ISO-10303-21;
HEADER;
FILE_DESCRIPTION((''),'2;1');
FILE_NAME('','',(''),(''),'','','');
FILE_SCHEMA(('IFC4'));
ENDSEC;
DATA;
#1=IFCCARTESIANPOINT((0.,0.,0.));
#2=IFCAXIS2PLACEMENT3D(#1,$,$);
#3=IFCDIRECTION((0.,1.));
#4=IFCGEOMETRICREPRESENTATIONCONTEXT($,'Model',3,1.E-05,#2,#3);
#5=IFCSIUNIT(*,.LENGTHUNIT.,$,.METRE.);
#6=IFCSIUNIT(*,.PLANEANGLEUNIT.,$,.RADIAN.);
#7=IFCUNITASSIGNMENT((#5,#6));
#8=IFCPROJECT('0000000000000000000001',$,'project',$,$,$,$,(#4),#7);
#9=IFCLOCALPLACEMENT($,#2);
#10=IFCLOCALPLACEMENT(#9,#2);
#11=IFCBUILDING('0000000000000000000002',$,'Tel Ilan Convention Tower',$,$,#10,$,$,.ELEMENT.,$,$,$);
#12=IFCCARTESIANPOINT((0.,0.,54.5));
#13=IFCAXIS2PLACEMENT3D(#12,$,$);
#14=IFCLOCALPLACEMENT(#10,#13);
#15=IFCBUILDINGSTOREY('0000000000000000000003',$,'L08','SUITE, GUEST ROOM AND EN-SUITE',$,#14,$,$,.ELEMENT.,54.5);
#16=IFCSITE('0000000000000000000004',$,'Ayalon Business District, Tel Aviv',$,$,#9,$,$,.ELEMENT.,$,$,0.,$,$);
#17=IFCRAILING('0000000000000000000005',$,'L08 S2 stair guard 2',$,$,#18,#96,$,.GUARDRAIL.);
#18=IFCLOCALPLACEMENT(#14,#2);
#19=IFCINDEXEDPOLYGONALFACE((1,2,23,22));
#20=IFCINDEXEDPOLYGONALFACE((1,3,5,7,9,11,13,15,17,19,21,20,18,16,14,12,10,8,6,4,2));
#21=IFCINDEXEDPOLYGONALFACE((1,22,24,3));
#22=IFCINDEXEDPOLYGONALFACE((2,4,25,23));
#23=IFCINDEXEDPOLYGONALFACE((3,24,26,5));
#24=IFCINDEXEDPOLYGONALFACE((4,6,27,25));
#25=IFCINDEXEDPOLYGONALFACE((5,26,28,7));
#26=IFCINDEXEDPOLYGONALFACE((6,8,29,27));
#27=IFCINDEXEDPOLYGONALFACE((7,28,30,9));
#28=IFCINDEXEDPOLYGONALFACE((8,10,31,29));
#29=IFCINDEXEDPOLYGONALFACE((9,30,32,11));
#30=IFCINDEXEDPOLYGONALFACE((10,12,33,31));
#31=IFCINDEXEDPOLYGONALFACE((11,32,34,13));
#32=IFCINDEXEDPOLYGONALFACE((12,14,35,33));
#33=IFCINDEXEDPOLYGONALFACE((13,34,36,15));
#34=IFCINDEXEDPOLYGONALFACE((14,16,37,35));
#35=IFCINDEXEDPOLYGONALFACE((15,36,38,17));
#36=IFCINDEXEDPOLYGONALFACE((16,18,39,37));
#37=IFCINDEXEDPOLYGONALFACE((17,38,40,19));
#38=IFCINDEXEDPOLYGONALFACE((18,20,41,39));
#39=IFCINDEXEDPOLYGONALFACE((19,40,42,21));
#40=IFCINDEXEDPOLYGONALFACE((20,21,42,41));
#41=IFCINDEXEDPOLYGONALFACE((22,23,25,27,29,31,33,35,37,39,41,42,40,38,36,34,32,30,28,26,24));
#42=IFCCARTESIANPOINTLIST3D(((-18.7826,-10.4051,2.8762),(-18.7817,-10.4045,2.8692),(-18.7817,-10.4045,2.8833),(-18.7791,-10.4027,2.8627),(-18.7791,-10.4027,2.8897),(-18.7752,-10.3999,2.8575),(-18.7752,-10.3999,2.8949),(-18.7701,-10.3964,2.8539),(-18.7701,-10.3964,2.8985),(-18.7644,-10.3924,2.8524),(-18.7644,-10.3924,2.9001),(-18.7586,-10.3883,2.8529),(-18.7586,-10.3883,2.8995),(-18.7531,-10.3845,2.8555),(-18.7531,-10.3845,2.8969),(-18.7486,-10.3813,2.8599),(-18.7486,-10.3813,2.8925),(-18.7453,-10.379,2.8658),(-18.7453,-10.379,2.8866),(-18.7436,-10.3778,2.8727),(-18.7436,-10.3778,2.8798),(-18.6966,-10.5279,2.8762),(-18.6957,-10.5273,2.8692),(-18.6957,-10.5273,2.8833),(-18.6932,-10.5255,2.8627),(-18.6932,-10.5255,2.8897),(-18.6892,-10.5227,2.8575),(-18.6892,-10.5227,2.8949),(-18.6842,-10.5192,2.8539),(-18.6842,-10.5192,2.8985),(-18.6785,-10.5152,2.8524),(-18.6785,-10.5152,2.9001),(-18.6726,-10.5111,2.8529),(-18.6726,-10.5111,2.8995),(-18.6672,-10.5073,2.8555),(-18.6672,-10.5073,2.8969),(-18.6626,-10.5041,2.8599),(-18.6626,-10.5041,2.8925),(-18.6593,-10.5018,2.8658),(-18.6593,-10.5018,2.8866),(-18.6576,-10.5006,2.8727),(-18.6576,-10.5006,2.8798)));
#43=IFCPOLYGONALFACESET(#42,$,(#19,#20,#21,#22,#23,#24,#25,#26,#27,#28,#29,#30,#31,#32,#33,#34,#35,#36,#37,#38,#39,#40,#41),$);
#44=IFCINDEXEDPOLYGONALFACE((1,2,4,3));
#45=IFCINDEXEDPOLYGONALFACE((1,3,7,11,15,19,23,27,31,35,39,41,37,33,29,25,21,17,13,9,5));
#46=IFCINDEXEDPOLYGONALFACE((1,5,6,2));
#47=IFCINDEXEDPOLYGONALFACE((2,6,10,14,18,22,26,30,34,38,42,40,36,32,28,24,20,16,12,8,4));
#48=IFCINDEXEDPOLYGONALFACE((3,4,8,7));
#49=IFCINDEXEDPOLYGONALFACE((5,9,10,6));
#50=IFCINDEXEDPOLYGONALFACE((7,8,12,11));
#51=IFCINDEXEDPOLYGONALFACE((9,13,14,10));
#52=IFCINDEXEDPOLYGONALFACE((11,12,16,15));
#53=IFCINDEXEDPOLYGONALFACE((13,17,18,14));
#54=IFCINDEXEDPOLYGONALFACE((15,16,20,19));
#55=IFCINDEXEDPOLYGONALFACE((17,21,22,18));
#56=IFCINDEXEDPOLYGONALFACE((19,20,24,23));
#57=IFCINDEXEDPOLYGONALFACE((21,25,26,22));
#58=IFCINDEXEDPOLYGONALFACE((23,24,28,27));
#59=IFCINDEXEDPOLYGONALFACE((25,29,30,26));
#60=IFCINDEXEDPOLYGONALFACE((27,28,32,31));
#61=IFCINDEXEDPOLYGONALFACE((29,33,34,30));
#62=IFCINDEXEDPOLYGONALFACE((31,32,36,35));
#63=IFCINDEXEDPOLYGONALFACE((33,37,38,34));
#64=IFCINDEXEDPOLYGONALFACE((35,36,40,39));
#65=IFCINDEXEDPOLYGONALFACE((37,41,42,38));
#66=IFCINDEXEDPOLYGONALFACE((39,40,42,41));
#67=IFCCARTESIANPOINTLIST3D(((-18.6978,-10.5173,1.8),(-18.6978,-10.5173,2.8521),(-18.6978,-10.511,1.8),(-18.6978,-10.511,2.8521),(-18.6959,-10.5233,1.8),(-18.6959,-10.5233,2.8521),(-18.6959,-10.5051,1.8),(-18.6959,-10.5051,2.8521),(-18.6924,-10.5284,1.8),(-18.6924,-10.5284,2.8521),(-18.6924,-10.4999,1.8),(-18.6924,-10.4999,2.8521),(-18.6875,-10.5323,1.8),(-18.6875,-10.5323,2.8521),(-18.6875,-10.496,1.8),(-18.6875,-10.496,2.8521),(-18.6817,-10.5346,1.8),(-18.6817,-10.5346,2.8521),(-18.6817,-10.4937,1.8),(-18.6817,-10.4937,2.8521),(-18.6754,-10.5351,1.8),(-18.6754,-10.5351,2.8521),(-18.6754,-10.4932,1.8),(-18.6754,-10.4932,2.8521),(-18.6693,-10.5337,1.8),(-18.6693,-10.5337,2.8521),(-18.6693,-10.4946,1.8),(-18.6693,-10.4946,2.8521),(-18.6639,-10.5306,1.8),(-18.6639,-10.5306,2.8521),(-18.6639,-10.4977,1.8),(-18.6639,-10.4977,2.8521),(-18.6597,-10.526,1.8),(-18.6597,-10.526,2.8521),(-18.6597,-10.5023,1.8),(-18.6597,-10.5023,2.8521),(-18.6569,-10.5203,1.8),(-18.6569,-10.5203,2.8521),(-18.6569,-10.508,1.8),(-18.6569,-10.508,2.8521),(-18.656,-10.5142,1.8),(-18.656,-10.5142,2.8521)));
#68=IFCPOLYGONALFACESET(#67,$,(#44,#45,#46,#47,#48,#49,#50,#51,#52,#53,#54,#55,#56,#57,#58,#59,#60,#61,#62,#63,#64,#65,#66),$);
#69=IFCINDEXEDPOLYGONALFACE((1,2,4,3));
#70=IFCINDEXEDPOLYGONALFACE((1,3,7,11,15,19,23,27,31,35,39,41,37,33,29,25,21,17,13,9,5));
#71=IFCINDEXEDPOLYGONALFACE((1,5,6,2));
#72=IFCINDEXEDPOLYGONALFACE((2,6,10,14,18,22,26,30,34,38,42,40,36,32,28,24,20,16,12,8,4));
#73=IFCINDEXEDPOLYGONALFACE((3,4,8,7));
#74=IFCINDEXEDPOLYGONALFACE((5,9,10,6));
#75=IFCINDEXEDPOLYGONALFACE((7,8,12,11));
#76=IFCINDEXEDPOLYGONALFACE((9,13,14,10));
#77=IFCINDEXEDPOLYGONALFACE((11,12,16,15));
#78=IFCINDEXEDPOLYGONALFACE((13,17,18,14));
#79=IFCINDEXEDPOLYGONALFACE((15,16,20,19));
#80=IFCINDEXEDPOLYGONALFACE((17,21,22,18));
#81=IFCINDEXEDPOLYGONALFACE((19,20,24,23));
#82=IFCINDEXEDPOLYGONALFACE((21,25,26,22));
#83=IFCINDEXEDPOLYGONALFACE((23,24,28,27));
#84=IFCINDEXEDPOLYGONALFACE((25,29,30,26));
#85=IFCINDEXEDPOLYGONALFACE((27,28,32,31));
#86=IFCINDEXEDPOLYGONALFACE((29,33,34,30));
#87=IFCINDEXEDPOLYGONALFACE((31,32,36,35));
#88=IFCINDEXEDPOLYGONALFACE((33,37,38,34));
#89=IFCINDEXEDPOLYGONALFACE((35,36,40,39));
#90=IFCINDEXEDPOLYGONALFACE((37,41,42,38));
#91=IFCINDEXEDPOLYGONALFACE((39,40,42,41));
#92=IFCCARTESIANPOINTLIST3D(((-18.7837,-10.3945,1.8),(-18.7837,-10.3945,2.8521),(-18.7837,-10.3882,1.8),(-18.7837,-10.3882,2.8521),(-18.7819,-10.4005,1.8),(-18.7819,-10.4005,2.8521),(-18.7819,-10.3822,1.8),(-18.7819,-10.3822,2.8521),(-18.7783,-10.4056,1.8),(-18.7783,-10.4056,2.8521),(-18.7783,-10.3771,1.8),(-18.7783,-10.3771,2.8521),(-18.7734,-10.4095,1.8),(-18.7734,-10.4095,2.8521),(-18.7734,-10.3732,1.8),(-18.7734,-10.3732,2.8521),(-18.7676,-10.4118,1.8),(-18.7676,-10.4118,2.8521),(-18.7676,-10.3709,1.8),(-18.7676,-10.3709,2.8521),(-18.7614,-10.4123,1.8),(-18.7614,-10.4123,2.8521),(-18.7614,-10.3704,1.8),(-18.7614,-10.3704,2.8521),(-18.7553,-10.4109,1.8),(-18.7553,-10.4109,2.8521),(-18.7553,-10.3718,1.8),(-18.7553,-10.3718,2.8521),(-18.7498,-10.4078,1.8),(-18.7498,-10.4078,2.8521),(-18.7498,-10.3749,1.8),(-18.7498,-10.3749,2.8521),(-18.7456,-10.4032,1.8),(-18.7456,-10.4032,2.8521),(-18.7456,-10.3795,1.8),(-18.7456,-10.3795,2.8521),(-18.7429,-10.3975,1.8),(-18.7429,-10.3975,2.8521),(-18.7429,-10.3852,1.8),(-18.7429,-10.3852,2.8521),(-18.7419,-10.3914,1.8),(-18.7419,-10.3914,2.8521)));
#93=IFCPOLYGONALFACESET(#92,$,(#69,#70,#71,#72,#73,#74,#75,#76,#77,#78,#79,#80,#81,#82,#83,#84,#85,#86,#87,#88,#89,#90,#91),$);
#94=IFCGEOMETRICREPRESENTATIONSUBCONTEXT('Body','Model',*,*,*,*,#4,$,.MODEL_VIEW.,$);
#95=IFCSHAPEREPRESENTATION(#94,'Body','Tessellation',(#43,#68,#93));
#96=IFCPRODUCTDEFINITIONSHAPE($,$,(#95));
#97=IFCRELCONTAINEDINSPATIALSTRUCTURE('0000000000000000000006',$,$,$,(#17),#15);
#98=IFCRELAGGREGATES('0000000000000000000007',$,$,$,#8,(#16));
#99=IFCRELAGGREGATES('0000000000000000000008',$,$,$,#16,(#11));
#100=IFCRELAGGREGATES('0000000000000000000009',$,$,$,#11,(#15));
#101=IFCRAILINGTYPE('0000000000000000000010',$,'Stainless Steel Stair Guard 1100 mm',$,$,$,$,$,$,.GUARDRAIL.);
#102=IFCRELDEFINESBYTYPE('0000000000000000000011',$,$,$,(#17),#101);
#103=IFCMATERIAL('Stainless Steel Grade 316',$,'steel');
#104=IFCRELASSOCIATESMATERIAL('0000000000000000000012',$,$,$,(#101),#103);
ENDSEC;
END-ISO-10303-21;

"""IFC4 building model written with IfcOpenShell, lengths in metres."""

from ifc_helpers import new_model, si_unit, direction, frame, origin, origin_2d, place, context, subcontext, project, spatial, circle, extrude, material, type_object, element, save


model = new_model("IFC4")

# Units and contexts
model_context = context("Model", 3, precision=1e-05, world=origin(), true_north=direction((0.0, 1.0)))
body_context = subcontext(model_context, "Body", "Model", "MODEL_VIEW")
ifc_project = project(units=[si_unit("LENGTHUNIT", "METRE"), si_unit("PLANEANGLEUNIT", "RADIAN")], contexts=[model_context])

# Site, building, storey
site_placement = place(None, origin())
site = spatial("IfcSite", under=ifc_project, at=site_placement, Name="Ayalon Business District, Tel Aviv", CompositionType="ELEMENT", RefElevation=0.0)
building_placement = place(site_placement, origin())
building = spatial("IfcBuilding", under=site, at=building_placement, Name="Tel Ilan Convention Tower", CompositionType="ELEMENT")
storey_placement = place(building_placement, frame((0.0, 0.0, 54.5)))
storey = spatial("IfcBuildingStorey", under=building, at=storey_placement, Name="L08", Description="SUITE, GUEST ROOM AND EN-SUITE", CompositionType="ELEMENT", Elevation=54.5)

# Railing
ifc_material_1 = material(Name="Stainless Steel Grade 316", Category="steel")
railing_type_1 = type_object("IfcRailingType", Name="Stainless Steel Stair Guard 1100 mm", PredefinedType="GUARDRAIL", material=ifc_material_1)
railing_1_placement = place(storey_placement, frame((-18.677, -10.5142, 1.8)))
element("IfcRailing", 1, at=railing_1_placement, inside=storey, type_object=railing_type_1, Name="L08 S2 stair guard 2", PredefinedType="GUARDRAIL", context=body_context, shape_type="SweptSolid", body=[
    extrude(circle(Radius=0.0239, at=origin_2d()), frame((0.0, 0.0, 1.0762), z_axis=(-0.573353, 0.819308, 0.0), x_axis=(-0.819308, -0.573353, 0.0)), (0.0, 0.0, 1.0), 0.1499),
    extrude(circle(Radius=0.021, at=origin_2d()), origin(), (0.0, 0.0, 1.0), 1.052),
    extrude(circle(Radius=0.021, at=origin_2d()), frame((-0.0859, 0.1228, 0.0)), (0.0, 0.0, 1.0), 1.052),
])

save(model, "model.ifc")
